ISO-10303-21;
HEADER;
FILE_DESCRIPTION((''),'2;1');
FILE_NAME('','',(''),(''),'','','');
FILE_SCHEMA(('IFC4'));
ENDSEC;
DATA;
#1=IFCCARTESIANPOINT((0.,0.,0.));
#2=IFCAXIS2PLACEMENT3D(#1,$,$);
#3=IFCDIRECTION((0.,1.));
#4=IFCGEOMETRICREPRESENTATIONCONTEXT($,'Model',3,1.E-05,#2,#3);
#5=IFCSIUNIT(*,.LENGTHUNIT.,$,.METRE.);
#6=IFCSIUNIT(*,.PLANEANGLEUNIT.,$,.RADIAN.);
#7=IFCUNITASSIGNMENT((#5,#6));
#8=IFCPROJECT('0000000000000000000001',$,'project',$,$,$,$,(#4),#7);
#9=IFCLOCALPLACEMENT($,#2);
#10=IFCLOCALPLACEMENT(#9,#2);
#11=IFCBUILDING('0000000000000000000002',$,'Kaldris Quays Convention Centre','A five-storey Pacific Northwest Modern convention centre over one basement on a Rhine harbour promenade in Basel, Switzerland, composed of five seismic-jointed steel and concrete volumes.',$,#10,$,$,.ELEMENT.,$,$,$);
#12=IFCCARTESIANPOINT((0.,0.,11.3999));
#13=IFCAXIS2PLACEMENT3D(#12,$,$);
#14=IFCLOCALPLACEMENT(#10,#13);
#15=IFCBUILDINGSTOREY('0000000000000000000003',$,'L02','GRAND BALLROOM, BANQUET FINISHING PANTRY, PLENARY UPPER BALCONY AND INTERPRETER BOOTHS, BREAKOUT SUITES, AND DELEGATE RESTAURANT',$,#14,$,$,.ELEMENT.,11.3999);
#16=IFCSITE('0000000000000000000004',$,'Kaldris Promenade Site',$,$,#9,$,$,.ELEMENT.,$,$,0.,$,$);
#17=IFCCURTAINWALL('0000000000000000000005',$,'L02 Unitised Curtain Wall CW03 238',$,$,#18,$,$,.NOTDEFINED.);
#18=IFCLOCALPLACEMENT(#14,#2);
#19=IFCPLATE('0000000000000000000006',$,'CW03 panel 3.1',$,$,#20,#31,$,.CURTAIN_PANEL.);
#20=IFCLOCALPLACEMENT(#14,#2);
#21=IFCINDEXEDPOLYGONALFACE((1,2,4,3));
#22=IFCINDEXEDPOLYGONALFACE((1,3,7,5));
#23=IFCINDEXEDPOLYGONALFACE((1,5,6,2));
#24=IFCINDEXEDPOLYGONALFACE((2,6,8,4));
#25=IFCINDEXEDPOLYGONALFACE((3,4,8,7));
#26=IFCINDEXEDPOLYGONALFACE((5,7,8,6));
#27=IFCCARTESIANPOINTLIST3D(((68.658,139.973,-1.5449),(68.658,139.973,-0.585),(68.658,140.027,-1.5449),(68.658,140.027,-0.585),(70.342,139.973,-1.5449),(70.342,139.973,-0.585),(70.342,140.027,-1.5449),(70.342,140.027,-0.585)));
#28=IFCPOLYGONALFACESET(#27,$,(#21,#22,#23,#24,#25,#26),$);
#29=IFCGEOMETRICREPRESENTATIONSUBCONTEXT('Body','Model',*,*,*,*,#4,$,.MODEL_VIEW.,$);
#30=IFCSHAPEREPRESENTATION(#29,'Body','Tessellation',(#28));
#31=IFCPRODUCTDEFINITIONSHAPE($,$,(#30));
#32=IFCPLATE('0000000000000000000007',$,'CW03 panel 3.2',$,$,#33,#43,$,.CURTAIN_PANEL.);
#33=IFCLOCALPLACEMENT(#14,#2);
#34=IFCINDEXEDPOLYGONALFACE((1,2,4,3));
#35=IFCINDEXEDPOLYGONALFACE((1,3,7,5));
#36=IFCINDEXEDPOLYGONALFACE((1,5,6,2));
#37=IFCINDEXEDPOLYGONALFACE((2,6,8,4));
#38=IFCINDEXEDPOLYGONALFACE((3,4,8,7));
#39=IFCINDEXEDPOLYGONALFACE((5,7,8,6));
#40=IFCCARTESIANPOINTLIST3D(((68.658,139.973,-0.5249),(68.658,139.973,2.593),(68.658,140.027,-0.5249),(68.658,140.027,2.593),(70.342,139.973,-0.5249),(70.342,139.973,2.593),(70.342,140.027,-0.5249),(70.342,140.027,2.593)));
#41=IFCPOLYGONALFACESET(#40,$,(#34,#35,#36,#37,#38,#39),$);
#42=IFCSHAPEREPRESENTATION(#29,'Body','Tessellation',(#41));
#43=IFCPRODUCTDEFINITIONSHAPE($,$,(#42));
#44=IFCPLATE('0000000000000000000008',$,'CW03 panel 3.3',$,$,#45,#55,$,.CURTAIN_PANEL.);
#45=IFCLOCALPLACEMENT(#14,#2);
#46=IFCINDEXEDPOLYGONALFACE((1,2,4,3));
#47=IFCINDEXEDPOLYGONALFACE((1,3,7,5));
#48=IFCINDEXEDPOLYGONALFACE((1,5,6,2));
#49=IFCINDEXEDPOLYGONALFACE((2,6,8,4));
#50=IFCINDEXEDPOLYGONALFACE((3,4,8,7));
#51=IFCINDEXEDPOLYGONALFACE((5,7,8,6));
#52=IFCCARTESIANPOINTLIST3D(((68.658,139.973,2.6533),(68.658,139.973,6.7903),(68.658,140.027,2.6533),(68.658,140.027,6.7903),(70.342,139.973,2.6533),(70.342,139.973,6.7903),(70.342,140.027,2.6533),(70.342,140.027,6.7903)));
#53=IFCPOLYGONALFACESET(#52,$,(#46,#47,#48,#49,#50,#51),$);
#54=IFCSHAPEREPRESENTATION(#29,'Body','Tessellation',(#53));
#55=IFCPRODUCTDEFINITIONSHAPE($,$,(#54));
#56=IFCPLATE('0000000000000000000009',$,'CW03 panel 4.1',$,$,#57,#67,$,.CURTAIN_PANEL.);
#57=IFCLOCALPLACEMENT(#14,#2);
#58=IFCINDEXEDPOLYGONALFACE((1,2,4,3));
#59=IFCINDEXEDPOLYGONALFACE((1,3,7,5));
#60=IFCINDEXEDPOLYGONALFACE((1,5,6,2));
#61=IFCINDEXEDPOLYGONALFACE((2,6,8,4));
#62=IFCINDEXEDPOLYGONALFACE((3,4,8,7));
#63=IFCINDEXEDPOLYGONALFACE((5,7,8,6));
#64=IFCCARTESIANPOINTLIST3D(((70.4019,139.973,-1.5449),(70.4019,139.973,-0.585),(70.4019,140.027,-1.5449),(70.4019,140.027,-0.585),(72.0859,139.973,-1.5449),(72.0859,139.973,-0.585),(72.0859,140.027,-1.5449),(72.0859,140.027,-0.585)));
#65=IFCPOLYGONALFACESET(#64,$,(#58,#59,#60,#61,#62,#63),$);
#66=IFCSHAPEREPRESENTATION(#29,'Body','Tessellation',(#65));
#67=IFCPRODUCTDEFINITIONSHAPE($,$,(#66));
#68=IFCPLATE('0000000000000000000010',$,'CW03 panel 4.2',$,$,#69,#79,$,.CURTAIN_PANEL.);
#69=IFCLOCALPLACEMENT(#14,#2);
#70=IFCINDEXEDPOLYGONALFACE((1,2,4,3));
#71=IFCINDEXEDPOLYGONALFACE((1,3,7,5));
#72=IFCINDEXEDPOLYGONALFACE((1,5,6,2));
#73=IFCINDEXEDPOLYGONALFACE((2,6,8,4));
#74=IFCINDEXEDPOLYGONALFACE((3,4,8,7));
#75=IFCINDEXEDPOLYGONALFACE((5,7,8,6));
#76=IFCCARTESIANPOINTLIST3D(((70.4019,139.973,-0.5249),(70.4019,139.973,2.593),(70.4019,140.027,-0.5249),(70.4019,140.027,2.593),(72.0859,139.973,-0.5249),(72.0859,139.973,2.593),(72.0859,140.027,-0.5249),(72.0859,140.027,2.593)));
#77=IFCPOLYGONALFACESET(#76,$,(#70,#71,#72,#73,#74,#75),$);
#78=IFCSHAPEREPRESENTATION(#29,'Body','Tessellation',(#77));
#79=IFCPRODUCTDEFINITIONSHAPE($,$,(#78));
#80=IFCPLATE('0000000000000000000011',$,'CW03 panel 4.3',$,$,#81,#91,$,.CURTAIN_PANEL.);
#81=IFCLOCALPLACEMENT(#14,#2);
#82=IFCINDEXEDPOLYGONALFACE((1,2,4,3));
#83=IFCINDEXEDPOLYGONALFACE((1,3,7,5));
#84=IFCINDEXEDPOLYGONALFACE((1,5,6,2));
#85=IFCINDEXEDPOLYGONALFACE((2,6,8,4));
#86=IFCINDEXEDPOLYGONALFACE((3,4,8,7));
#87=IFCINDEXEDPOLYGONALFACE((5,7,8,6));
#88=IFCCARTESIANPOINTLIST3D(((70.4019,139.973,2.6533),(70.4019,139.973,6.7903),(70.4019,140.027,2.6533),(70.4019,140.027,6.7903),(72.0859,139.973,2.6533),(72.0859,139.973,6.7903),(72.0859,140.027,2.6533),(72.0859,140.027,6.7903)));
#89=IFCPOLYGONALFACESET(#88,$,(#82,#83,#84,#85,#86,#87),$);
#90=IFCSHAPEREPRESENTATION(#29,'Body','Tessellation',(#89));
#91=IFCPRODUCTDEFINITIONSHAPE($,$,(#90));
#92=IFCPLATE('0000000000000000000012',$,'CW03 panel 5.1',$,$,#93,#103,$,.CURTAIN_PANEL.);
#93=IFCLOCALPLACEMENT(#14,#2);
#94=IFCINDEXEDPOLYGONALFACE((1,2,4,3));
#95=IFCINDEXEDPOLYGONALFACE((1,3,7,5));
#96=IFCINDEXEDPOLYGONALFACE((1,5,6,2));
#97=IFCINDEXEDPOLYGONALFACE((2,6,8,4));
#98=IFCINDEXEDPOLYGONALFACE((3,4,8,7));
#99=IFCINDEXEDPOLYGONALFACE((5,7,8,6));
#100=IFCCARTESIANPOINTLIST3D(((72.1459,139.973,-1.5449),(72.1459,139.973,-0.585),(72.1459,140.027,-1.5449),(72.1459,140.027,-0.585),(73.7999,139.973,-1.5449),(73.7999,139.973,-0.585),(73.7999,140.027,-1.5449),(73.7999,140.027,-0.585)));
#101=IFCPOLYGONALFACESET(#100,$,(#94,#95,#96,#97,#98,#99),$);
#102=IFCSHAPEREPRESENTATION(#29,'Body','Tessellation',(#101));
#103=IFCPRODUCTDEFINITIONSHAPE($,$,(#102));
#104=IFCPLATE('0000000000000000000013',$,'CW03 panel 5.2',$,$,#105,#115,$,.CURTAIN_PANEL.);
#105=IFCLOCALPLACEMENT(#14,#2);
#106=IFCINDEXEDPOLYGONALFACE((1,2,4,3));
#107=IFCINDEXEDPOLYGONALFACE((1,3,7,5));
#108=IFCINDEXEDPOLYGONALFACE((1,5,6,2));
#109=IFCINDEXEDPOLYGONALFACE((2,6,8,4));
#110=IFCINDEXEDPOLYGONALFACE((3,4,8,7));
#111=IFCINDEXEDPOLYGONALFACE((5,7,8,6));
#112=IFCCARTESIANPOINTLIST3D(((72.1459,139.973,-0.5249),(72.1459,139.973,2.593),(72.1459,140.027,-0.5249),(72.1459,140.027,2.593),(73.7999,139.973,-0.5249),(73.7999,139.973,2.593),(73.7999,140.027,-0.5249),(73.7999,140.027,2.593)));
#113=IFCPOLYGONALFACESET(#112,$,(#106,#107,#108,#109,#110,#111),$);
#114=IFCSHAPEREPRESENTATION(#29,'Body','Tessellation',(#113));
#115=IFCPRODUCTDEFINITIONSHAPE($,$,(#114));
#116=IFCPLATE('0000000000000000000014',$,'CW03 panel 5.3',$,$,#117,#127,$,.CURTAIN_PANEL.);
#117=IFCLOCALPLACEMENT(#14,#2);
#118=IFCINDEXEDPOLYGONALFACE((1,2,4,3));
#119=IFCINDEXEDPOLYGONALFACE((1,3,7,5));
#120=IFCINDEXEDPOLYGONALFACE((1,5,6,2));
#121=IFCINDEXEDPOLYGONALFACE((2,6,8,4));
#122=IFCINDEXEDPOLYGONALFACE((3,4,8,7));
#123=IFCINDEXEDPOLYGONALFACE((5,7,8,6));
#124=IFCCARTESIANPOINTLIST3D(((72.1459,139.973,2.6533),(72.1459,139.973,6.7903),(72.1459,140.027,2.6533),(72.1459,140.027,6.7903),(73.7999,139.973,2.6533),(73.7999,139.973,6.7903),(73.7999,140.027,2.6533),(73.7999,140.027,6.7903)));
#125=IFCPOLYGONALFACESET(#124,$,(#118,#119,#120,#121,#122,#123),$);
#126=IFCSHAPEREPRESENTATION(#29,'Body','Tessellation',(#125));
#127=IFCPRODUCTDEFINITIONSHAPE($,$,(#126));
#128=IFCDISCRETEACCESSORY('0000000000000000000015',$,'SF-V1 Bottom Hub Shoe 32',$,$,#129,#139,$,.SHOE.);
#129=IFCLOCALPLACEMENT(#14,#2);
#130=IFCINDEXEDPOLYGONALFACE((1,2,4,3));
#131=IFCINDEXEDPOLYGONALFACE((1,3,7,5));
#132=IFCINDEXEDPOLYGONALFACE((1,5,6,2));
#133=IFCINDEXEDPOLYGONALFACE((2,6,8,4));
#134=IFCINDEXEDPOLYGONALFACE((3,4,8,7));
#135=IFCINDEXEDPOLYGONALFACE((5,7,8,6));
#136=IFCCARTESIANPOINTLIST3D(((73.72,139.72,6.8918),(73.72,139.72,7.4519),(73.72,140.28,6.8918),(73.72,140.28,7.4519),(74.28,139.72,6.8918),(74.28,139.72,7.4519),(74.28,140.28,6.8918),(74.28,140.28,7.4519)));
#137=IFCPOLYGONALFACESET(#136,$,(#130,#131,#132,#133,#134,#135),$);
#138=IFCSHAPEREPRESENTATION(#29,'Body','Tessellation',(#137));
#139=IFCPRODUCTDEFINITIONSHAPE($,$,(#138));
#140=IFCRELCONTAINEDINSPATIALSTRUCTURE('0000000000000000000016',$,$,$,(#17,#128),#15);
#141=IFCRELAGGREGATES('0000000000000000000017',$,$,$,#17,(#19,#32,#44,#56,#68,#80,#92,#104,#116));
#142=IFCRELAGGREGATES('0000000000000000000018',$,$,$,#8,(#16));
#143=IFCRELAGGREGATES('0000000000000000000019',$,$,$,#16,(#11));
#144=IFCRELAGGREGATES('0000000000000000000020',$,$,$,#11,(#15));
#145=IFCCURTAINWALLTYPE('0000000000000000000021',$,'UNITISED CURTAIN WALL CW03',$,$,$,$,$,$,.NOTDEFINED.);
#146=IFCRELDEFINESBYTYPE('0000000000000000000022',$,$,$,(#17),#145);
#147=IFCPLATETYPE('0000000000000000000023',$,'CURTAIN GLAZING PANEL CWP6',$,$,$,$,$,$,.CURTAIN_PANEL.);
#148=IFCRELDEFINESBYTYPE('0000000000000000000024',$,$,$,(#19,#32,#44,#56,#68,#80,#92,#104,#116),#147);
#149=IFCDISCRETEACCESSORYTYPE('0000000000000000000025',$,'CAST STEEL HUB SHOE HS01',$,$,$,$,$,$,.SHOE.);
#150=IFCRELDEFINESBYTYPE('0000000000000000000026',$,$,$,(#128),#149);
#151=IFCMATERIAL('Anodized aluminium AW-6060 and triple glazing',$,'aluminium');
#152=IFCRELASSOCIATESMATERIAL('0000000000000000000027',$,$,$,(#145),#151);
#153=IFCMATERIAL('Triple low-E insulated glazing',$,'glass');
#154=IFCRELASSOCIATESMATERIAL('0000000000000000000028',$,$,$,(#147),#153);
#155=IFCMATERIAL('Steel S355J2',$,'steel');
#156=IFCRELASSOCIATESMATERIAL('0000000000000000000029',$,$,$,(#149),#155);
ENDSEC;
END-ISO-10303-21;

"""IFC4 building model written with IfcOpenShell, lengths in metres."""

from ifc_helpers import new_model, si_unit, direction, frame, origin, origin_2d, place, context, subcontext, project, spatial, rectangle, extrude, material, type_object, element, aggregate, save


model = new_model("IFC4")

# Units and contexts
model_context = context("Model", 3, precision=1e-05, world=origin(), true_north=direction((0.0, 1.0)))
body_context = subcontext(model_context, "Body", "Model", "MODEL_VIEW")
ifc_project = project(units=[si_unit("LENGTHUNIT", "METRE"), si_unit("PLANEANGLEUNIT", "RADIAN")], contexts=[model_context])

# Site, building, storey
site_placement = place(None, origin())
site = spatial("IfcSite", under=ifc_project, at=site_placement, Name="Kaldris Promenade Site", CompositionType="ELEMENT", RefElevation=0.0)
building_placement = place(site_placement, origin())
building = spatial("IfcBuilding", under=site, at=building_placement, Name="Kaldris Quays Convention Centre", Description="A five-storey Pacific Northwest Modern convention centre over one basement on a Rhine harbour promenade in Basel, Switzerland, composed of five seismic-jointed steel and concrete volumes.", CompositionType="ELEMENT")
storey_placement = place(building_placement, frame((0.0, 0.0, 11.3999)))
storey = spatial("IfcBuildingStorey", under=building, at=storey_placement, Name="L02", Description="GRAND BALLROOM, BANQUET FINISHING PANTRY, PLENARY UPPER BALCONY AND INTERPRETER BOOTHS, BREAKOUT SUITES, AND DELEGATE RESTAURANT", CompositionType="ELEMENT", Elevation=11.3999)

# Shared definitions
ifc_material_1 = material(Name="Steel S355J2", Category="steel")

# Curtain wall
ifc_material_2 = material(Name="Anodized aluminium AW-6060 and triple glazing", Category="aluminium")
curtain_wall_type = type_object("IfcCurtainWallType", Name="UNITISED CURTAIN WALL CW03", PredefinedType="NOTDEFINED", material=ifc_material_2)
curtain_wall_placement = place(storey_placement, origin())
curtain_wall = element("IfcCurtainWall", 1, at=curtain_wall_placement, inside=storey, type_object=curtain_wall_type, Name="L02 Unitised Curtain Wall CW03 238", PredefinedType="NOTDEFINED")

# Plates
ifc_material_3 = material(Name="Triple low-E insulated glazing", Category="glass")
plate_type = type_object("IfcPlateType", Name="CURTAIN GLAZING PANEL CWP6", PredefinedType="CURTAIN_PANEL", material=ifc_material_3)
plate_1_placement = place(storey_placement, frame((69.5, 140.0, -1.5449), z_axis=(0.0, 0.0, 1.0), x_axis=(1.0, 0.0, 0.0)))
plate_1 = element("IfcPlate", 2, at=plate_1_placement, type_object=plate_type, Name="CW03 panel 3.1", PredefinedType="CURTAIN_PANEL", context=body_context, shape_type="SweptSolid", body=[
    extrude(rectangle(XDim=1.6841, YDim=0.054, at=origin_2d()), origin(), (0.0, 0.0, 1.0), 0.96),
])
plate_2_placement = place(storey_placement, frame((69.5, 140.0, -0.5249), z_axis=(0.0, 0.0, 1.0), x_axis=(1.0, 0.0, 0.0)))
plate_2 = element("IfcPlate", 3, at=plate_2_placement, type_object=plate_type, Name="CW03 panel 3.2", PredefinedType="CURTAIN_PANEL", context=body_context, shape_type="SweptSolid", body=[
    extrude(rectangle(XDim=1.6841, YDim=0.054, at=origin_2d()), origin(), (0.0, 0.0, 1.0), 3.1179),
])
plate_3_placement = place(storey_placement, frame((69.5, 140.0, 2.6533), z_axis=(0.0, 0.0, 1.0), x_axis=(1.0, 0.0, 0.0)))
plate_3 = element("IfcPlate", 4, at=plate_3_placement, type_object=plate_type, Name="CW03 panel 3.3", PredefinedType="CURTAIN_PANEL", context=body_context, shape_type="SweptSolid", body=[
    extrude(rectangle(XDim=1.6841, YDim=0.054, at=origin_2d()), origin(), (0.0, 0.0, 1.0), 4.137),
])
plate_4_placement = place(storey_placement, frame((71.2439, 140.0, -1.5449), z_axis=(0.0, 0.0, 1.0), x_axis=(1.0, 0.0, 0.0)))
plate_4 = element("IfcPlate", 5, at=plate_4_placement, type_object=plate_type, Name="CW03 panel 4.1", PredefinedType="CURTAIN_PANEL", context=body_context, shape_type="SweptSolid", body=[
    extrude(rectangle(XDim=1.6841, YDim=0.054, at=origin_2d()), origin(), (0.0, 0.0, 1.0), 0.96),
])
plate_5_placement = place(storey_placement, frame((71.2439, 140.0, -0.5249), z_axis=(0.0, 0.0, 1.0), x_axis=(1.0, 0.0, 0.0)))
plate_5 = element("IfcPlate", 6, at=plate_5_placement, type_object=plate_type, Name="CW03 panel 4.2", PredefinedType="CURTAIN_PANEL", context=body_context, shape_type="SweptSolid", body=[
    extrude(rectangle(XDim=1.6841, YDim=0.054, at=origin_2d()), origin(), (0.0, 0.0, 1.0), 3.1179),
])
plate_6_placement = place(storey_placement, frame((71.2439, 140.0, 2.6533), z_axis=(0.0, 0.0, 1.0), x_axis=(1.0, 0.0, 0.0)))
plate_6 = element("IfcPlate", 7, at=plate_6_placement, type_object=plate_type, Name="CW03 panel 4.3", PredefinedType="CURTAIN_PANEL", context=body_context, shape_type="SweptSolid", body=[
    extrude(rectangle(XDim=1.6841, YDim=0.054, at=origin_2d()), origin(), (0.0, 0.0, 1.0), 4.137),
])
plate_7_placement = place(storey_placement, frame((72.9729, 140.0, -1.5449), z_axis=(0.0, 0.0, 1.0), x_axis=(1.0, 0.0, 0.0)))
plate_7 = element("IfcPlate", 8, at=plate_7_placement, type_object=plate_type, Name="CW03 panel 5.1", PredefinedType="CURTAIN_PANEL", context=body_context, shape_type="SweptSolid", body=[
    extrude(rectangle(XDim=1.6541, YDim=0.054, at=origin_2d()), origin(), (0.0, 0.0, 1.0), 0.96),
])
plate_8_placement = place(storey_placement, frame((72.9729, 140.0, -0.5249), z_axis=(0.0, 0.0, 1.0), x_axis=(1.0, 0.0, 0.0)))
plate_8 = element("IfcPlate", 9, at=plate_8_placement, type_object=plate_type, Name="CW03 panel 5.2", PredefinedType="CURTAIN_PANEL", context=body_context, shape_type="SweptSolid", body=[
    extrude(rectangle(XDim=1.6541, YDim=0.054, at=origin_2d()), origin(), (0.0, 0.0, 1.0), 3.1179),
])
plate_9_placement = place(storey_placement, frame((72.9729, 140.0, 2.6533), z_axis=(0.0, 0.0, 1.0), x_axis=(1.0, 0.0, 0.0)))
plate_9 = element("IfcPlate", 10, at=plate_9_placement, type_object=plate_type, Name="CW03 panel 5.3", PredefinedType="CURTAIN_PANEL", context=body_context, shape_type="SweptSolid", body=[
    extrude(rectangle(XDim=1.6541, YDim=0.054, at=origin_2d()), origin(), (0.0, 0.0, 1.0), 4.137),
])
aggregate(curtain_wall, [plate_1, plate_2, plate_3, plate_4, plate_5, plate_6, plate_7, plate_8, plate_9])

# Discrete accessory
discrete_accessory_type = type_object("IfcDiscreteAccessoryType", Name="CAST STEEL HUB SHOE HS01", PredefinedType="SHOE", material=ifc_material_1)
discrete_accessory_placement = place(storey_placement, frame((74.0, 140.0, 6.8918), z_axis=(0.0, 0.0, 1.0), x_axis=(1.0, 0.0, 0.0)))
element("IfcDiscreteAccessory", 11, at=discrete_accessory_placement, inside=storey, type_object=discrete_accessory_type, Name="SF-V1 Bottom Hub Shoe 32", PredefinedType="SHOE", context=body_context, shape_type="SweptSolid", body=[
    extrude(rectangle(XDim=0.5601, YDim=0.5601, at=origin_2d()), origin(), (0.0, 0.0, 1.0), 0.5601),
])

save(model, "model.ifc")
